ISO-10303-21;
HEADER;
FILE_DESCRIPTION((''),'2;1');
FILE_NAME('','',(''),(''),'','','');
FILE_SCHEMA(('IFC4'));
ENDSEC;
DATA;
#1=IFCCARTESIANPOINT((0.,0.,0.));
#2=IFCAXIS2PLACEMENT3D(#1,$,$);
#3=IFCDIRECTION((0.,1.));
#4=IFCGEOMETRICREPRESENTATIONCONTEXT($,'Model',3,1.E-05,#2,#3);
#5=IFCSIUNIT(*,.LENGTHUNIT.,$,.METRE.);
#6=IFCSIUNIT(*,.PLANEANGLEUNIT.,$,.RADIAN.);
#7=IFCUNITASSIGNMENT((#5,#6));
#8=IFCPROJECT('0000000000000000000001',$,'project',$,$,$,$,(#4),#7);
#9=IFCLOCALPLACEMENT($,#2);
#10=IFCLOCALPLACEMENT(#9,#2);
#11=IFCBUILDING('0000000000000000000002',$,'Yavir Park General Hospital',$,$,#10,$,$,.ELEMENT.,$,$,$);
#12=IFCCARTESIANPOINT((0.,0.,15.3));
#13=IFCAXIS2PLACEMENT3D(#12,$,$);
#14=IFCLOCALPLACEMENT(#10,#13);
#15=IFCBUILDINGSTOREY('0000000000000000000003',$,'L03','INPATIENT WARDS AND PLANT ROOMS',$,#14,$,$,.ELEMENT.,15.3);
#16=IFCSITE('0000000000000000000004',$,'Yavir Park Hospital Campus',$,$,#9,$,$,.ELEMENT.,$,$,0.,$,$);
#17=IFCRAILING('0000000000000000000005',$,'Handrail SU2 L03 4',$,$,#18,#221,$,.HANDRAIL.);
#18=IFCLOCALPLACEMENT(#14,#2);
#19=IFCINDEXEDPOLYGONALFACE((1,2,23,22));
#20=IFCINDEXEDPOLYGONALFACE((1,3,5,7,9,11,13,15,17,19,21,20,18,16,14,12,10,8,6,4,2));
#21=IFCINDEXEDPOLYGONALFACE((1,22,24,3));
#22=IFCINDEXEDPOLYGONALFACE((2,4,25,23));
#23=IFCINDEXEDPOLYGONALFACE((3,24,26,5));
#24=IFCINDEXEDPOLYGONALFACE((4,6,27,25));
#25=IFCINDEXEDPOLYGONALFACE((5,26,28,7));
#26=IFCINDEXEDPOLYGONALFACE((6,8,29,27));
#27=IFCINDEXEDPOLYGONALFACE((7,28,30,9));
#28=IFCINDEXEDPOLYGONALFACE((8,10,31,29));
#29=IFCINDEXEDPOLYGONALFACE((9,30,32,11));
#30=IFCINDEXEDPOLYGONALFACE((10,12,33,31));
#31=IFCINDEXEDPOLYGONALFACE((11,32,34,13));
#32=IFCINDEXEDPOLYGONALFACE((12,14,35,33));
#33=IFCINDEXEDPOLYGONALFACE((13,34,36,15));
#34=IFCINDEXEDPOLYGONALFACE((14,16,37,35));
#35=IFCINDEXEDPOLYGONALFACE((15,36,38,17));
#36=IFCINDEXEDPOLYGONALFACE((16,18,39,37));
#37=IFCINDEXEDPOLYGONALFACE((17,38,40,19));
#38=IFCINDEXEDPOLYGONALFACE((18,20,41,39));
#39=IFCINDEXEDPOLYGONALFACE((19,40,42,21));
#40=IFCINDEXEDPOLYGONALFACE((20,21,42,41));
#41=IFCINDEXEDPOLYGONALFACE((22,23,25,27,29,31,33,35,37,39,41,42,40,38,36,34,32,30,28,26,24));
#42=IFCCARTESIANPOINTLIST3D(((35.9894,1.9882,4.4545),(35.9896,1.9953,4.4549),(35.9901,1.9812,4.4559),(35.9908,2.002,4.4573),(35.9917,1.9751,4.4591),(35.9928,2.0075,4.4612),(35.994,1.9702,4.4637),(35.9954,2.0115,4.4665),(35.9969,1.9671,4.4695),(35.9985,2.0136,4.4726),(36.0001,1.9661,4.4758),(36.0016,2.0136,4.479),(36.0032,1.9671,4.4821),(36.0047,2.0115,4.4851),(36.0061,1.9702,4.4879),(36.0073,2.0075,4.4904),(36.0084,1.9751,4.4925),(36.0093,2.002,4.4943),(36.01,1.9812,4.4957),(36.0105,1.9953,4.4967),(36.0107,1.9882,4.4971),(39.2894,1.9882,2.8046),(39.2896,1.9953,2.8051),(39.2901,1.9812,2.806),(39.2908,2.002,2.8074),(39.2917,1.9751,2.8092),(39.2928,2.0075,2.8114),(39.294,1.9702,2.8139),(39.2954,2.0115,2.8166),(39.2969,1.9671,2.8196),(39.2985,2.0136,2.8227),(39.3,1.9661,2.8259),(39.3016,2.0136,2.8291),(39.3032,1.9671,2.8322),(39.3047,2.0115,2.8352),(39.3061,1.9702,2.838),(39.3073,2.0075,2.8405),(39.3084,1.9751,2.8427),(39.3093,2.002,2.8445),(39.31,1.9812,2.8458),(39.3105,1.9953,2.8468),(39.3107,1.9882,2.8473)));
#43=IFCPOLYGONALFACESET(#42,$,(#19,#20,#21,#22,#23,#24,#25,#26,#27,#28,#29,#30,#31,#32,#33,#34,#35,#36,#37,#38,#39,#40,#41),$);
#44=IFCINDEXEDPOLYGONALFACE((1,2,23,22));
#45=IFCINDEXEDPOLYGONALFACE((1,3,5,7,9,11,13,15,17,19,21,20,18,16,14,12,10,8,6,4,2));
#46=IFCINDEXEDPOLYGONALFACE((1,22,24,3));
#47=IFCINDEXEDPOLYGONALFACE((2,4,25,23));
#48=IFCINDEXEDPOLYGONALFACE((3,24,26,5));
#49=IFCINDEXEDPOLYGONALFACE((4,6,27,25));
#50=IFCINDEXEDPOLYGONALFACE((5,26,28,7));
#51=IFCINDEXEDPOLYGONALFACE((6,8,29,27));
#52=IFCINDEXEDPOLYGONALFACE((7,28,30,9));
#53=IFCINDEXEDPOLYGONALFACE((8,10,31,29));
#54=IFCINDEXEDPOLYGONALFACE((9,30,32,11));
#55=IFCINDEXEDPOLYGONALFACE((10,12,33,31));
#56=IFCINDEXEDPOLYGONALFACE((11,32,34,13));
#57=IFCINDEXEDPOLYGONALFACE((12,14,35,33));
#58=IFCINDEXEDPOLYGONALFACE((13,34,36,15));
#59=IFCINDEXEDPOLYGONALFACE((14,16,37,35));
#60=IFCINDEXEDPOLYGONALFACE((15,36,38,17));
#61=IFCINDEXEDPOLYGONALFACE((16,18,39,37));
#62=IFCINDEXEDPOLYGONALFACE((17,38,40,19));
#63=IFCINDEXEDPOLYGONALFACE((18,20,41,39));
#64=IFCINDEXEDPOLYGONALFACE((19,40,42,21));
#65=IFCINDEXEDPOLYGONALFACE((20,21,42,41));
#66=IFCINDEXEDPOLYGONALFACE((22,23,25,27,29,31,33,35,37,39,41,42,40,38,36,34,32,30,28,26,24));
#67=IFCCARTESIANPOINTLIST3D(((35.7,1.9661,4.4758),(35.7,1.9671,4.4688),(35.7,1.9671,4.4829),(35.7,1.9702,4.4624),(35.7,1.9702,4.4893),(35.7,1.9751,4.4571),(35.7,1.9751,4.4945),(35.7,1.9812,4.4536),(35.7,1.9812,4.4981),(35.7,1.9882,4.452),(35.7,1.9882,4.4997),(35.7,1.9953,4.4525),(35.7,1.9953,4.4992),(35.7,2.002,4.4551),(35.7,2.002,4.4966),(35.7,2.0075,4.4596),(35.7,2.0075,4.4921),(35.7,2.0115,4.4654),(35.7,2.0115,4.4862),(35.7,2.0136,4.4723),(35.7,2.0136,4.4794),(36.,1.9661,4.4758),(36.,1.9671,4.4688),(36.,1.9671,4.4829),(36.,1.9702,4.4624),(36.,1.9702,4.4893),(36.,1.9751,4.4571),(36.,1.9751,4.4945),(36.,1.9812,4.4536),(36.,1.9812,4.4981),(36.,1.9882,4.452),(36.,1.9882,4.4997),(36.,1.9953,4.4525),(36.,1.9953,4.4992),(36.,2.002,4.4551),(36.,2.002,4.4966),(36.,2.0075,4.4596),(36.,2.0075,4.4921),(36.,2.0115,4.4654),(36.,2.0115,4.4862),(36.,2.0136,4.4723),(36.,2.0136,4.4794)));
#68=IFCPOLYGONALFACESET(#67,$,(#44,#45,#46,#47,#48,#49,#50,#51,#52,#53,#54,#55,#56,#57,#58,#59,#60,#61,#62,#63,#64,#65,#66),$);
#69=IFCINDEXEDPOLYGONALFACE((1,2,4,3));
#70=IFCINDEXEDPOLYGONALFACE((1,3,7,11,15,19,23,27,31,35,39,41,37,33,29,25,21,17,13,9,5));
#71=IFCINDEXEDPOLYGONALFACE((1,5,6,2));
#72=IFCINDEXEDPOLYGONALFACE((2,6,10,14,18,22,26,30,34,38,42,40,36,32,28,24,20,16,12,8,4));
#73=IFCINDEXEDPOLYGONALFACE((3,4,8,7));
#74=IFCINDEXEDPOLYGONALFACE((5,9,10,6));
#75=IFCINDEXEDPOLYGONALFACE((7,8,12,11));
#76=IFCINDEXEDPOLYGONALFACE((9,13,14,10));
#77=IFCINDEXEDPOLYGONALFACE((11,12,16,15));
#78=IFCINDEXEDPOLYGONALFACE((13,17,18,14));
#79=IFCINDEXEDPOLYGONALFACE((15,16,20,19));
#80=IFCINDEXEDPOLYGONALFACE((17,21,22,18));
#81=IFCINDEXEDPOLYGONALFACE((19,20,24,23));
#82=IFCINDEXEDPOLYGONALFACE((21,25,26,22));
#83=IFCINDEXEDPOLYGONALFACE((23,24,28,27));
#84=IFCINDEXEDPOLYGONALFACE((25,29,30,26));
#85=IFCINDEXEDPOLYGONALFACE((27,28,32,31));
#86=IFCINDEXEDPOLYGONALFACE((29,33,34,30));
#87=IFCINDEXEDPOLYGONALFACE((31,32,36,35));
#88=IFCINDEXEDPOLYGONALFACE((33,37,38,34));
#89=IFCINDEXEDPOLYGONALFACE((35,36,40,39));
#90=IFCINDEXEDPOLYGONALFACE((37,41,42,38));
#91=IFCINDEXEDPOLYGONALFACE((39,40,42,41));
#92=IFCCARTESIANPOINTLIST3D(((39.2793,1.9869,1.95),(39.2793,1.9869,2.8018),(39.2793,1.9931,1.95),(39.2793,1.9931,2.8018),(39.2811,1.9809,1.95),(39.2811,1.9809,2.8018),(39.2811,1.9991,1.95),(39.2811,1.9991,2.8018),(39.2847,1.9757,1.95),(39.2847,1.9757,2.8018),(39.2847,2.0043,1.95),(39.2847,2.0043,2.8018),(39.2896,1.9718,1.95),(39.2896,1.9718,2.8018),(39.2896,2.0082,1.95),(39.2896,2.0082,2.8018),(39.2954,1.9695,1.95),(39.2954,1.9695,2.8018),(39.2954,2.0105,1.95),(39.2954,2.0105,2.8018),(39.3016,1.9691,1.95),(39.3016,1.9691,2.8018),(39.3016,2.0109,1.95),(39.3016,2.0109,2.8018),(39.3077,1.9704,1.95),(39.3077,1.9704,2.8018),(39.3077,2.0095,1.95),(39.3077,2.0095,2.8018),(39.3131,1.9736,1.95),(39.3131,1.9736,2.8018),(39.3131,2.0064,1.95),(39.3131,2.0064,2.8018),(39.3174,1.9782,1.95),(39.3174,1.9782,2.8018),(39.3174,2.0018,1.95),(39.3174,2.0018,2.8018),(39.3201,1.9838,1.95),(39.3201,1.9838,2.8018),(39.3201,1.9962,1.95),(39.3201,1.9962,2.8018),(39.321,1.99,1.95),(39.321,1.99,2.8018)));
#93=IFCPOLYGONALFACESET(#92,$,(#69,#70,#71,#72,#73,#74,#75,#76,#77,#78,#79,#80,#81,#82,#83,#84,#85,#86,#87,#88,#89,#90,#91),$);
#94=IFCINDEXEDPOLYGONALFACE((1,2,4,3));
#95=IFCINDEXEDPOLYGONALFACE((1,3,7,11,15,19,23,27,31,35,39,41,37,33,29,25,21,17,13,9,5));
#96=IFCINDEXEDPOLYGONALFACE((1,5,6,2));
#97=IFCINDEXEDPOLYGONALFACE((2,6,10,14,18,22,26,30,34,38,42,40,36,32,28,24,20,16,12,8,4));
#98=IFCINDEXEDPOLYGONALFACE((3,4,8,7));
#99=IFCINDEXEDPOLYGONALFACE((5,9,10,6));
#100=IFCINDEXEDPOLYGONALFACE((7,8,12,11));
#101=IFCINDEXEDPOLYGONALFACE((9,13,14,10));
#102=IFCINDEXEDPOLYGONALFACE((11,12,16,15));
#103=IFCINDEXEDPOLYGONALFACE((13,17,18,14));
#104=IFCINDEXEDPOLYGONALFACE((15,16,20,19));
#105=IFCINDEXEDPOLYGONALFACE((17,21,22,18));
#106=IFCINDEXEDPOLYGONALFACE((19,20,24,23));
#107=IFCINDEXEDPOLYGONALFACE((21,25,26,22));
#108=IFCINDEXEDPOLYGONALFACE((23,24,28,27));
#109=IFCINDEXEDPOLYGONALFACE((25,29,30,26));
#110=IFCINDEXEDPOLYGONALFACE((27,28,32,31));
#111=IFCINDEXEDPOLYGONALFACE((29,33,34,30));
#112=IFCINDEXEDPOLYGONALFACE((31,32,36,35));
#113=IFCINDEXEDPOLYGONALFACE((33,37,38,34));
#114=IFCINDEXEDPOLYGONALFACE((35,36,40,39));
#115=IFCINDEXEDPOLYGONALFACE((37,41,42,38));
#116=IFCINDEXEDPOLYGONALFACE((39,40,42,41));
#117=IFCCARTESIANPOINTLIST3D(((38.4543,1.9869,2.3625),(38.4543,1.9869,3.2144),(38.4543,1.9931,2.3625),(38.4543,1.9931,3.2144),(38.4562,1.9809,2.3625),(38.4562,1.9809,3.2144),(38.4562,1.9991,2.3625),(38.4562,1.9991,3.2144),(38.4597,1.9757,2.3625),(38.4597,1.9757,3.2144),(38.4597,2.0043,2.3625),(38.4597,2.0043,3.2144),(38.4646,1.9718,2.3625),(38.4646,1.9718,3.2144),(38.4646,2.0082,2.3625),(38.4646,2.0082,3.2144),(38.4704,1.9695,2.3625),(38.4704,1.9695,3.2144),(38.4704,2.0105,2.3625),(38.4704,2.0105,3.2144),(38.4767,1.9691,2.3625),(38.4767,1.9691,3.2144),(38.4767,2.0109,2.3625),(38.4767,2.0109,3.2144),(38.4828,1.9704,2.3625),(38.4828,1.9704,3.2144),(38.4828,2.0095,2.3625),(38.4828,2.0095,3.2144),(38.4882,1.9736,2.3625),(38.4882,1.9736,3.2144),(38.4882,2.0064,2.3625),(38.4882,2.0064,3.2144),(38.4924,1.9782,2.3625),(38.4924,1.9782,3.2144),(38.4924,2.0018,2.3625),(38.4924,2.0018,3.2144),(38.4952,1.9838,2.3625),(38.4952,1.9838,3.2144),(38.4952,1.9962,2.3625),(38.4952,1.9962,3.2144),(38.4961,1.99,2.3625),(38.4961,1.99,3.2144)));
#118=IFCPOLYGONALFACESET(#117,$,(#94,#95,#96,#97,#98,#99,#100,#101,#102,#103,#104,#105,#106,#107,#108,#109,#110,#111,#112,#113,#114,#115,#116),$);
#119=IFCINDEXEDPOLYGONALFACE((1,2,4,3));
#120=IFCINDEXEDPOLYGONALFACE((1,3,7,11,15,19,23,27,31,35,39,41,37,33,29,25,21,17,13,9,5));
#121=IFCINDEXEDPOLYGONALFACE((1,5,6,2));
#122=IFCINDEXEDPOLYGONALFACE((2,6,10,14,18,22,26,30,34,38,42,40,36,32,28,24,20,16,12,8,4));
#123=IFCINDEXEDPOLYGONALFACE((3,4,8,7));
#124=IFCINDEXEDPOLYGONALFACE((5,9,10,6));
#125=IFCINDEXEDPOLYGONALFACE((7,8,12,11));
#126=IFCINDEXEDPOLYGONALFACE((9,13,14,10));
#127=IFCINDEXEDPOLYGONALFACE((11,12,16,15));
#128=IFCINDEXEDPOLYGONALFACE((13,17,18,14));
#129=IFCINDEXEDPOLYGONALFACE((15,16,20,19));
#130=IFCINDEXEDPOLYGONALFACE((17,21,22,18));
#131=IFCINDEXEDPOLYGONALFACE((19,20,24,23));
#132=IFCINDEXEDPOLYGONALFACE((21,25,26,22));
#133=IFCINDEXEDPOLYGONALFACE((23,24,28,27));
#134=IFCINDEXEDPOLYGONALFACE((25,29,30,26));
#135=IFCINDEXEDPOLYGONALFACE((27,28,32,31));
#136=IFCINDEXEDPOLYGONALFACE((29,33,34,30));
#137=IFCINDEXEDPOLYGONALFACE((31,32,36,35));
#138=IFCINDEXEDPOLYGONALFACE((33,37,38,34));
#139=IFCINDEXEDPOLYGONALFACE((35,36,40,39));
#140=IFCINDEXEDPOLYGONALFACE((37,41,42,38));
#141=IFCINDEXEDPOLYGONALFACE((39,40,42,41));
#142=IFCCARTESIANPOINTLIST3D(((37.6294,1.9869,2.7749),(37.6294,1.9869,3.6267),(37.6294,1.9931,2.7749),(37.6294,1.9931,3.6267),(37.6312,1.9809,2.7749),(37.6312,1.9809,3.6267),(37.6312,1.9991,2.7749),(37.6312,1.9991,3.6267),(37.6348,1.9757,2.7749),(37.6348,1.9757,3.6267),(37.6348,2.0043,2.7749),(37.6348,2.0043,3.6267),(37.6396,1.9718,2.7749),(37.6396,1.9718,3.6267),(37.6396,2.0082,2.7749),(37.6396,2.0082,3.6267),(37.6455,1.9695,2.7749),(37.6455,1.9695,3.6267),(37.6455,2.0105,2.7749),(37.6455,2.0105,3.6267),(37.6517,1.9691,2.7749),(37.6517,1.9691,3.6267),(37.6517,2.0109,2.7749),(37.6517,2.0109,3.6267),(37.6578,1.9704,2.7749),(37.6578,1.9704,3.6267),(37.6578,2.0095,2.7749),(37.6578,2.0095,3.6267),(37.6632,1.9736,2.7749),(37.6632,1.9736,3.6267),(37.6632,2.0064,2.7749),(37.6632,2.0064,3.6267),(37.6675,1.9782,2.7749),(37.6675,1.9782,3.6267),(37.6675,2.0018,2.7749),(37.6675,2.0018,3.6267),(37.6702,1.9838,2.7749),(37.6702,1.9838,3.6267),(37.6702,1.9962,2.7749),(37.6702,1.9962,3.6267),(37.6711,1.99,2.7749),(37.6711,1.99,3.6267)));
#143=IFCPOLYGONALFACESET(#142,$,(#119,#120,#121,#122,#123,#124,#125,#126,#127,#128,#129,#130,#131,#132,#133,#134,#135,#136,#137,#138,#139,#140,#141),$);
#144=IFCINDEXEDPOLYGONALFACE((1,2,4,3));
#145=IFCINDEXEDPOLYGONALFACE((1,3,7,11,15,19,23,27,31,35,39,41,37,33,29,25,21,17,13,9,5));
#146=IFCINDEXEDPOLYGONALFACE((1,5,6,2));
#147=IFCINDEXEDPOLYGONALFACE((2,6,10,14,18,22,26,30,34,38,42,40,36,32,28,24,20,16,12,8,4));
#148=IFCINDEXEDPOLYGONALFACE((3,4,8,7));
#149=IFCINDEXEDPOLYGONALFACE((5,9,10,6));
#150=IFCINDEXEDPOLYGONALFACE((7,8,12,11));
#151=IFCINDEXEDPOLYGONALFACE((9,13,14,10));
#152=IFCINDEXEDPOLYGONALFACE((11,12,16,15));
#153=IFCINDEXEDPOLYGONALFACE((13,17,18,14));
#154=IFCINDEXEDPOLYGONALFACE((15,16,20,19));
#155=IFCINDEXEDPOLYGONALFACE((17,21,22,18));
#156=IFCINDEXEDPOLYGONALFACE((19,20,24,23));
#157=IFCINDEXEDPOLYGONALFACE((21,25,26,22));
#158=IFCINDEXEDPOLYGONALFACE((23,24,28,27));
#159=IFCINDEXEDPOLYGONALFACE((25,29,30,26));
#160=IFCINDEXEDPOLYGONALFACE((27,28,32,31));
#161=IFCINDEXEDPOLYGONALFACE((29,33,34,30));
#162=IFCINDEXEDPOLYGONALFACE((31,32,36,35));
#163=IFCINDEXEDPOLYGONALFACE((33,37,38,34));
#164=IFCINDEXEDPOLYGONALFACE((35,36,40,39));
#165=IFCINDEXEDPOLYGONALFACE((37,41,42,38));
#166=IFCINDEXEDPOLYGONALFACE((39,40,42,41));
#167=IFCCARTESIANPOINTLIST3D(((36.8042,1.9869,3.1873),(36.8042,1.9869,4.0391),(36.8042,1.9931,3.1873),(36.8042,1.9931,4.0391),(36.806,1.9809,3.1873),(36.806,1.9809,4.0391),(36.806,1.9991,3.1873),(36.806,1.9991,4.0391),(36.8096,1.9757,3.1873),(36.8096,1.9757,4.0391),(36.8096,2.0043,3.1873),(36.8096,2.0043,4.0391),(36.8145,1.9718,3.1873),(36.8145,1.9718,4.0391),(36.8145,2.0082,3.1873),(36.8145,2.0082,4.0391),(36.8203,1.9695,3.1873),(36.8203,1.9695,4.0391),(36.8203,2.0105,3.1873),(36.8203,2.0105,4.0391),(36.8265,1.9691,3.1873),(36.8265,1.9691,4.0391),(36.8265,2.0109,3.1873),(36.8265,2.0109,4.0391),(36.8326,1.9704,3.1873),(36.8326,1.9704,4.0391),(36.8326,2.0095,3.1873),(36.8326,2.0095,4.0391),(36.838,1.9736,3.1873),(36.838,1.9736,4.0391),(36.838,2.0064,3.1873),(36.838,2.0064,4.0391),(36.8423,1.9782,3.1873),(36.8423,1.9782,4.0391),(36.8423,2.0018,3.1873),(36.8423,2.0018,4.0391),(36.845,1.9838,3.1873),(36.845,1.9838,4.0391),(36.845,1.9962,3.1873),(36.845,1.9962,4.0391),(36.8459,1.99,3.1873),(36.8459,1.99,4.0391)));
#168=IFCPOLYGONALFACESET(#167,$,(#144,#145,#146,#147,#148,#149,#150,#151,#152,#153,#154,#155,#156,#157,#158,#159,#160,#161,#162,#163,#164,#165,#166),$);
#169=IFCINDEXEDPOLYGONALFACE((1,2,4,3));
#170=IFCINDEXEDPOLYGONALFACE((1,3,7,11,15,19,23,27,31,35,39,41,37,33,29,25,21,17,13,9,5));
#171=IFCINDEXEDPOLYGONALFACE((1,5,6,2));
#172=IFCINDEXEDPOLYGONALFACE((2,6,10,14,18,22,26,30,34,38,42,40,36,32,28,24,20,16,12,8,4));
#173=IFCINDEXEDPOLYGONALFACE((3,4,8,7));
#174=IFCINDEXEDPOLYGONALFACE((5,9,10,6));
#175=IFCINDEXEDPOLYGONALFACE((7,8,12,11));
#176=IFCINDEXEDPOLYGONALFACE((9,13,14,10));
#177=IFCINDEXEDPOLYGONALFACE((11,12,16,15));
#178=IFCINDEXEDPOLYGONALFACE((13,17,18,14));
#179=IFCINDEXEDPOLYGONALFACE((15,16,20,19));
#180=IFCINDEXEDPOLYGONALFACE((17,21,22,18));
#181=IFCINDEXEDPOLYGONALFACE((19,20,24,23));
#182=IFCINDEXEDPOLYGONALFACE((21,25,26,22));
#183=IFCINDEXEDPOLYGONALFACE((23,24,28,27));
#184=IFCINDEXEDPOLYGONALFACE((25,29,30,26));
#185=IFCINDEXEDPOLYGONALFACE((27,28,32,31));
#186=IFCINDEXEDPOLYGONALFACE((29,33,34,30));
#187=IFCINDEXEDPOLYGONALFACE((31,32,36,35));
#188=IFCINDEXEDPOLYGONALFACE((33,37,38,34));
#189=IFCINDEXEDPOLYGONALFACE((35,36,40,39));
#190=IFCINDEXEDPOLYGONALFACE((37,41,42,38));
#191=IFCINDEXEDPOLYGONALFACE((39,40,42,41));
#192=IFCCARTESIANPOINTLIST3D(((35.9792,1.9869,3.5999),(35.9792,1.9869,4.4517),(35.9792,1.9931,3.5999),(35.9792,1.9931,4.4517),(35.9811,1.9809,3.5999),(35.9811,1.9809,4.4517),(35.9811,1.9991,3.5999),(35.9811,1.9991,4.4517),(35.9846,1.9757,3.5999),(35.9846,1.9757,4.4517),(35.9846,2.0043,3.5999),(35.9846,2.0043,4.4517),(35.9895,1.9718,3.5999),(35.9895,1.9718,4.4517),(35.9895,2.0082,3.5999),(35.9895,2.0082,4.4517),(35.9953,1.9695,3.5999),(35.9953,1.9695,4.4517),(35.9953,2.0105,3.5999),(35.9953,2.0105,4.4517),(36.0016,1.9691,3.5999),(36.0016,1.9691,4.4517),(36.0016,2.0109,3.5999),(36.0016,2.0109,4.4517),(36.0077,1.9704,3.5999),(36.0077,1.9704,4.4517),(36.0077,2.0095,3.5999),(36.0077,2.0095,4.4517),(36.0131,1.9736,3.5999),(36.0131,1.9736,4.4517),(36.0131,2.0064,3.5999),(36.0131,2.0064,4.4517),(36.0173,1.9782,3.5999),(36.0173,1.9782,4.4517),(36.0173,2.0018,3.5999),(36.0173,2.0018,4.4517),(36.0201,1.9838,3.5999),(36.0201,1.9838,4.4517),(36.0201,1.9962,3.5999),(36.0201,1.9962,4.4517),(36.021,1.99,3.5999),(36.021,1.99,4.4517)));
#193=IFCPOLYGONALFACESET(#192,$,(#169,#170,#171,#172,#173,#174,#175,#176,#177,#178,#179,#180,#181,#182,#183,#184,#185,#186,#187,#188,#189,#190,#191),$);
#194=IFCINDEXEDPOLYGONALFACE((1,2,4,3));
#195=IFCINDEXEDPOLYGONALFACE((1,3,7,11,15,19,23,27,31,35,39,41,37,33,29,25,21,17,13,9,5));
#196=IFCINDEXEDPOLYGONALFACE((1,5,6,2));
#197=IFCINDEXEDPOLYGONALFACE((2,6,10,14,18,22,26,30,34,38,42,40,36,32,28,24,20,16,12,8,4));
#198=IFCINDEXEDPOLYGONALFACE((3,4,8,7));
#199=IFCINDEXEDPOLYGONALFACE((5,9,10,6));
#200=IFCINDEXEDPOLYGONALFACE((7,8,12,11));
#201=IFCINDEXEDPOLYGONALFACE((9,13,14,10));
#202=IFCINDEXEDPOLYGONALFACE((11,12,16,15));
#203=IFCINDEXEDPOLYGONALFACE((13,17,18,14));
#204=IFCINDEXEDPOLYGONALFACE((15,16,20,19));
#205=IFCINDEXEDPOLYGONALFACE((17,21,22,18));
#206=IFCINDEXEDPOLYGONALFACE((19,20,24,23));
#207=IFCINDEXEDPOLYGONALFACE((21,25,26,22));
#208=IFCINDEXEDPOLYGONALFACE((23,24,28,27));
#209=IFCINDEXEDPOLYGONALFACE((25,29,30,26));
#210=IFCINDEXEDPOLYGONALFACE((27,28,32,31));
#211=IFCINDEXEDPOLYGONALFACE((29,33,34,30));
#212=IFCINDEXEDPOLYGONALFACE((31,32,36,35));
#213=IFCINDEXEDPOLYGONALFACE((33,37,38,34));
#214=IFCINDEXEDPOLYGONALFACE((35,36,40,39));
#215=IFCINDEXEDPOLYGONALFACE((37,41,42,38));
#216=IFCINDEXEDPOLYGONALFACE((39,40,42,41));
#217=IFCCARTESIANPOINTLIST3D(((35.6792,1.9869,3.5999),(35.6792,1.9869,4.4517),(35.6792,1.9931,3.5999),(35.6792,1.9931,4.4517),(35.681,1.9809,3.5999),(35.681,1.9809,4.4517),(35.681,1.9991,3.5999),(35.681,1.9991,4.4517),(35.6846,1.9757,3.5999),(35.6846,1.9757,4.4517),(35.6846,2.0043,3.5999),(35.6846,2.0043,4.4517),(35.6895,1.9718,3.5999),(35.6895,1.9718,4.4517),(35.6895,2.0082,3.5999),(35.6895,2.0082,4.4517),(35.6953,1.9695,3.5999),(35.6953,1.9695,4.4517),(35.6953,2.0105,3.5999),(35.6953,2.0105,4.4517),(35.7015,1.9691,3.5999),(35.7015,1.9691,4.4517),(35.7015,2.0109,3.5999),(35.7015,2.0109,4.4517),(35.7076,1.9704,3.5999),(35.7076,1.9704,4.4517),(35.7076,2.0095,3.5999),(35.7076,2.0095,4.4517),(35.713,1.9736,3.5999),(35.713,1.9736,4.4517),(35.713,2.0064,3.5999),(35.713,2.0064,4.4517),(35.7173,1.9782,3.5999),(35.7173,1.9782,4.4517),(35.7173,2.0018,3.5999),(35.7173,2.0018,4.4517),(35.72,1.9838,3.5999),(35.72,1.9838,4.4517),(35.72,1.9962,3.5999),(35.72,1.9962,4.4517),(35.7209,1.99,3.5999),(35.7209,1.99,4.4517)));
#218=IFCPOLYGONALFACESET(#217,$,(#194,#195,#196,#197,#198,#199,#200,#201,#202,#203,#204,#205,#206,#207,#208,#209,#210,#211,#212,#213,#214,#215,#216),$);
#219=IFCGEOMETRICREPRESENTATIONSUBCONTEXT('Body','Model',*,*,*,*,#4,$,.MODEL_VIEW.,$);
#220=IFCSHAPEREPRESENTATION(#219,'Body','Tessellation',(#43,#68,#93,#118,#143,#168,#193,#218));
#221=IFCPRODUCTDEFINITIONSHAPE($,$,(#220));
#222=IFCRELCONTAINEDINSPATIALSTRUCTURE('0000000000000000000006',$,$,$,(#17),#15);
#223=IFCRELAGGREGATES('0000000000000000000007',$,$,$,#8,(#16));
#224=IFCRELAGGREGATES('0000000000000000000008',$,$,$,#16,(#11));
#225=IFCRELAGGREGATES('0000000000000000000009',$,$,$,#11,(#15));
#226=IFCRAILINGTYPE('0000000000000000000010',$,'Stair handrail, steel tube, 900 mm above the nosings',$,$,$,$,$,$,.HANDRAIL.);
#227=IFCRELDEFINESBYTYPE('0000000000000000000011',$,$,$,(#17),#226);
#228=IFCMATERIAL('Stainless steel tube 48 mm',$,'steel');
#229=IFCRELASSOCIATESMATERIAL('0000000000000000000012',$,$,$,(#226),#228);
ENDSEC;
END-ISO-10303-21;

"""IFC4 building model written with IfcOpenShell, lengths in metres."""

from ifc_helpers import new_model, si_unit, direction, frame, origin, origin_2d, place, context, subcontext, project, spatial, circle, extrude, material, type_object, element, save


model = new_model("IFC4")

# Units and contexts
model_context = context("Model", 3, precision=1e-05, world=origin(), true_north=direction((0.0, 1.0)))
body_context = subcontext(model_context, "Body", "Model", "MODEL_VIEW")
ifc_project = project(units=[si_unit("LENGTHUNIT", "METRE"), si_unit("PLANEANGLEUNIT", "RADIAN")], contexts=[model_context])

# Site, building, storey
site_placement = place(None, origin())
site = spatial("IfcSite", under=ifc_project, at=site_placement, Name="Yavir Park Hospital Campus", CompositionType="ELEMENT", RefElevation=0.0)
building_placement = place(site_placement, origin())
building = spatial("IfcBuilding", under=site, at=building_placement, Name="Yavir Park General Hospital", CompositionType="ELEMENT")
storey_placement = place(building_placement, frame((0.0, 0.0, 15.3)))
storey = spatial("IfcBuildingStorey", under=building, at=storey_placement, Name="L03", Description="INPATIENT WARDS AND PLANT ROOMS", CompositionType="ELEMENT", Elevation=15.3)

# Railing
ifc_material_1 = material(Name="Stainless steel tube 48 mm", Category="steel")
railing_type = type_object("IfcRailingType", Name="Stair handrail, steel tube, 900 mm above the nosings", PredefinedType="HANDRAIL", material=ifc_material_1)
railing_placement = place(storey_placement, frame((39.3, 1.99, 1.95)))
element("IfcRailing", 1, at=railing_placement, inside=storey, type_object=railing_type, Name="Handrail SU2 L03 4", PredefinedType="HANDRAIL", context=body_context, shape_type="SweptSolid", body=[
    extrude(circle(Radius=0.0239, at=origin_2d()), frame((0.0, 0.0, 0.876), z_axis=(-0.89444, 0.0, 0.447187), x_axis=(0.0, -1.0, 0.0)), (0.0, 0.0, 1.0), 3.6895),
    extrude(circle(Radius=0.0239, at=origin_2d()), frame((-3.3, 0.0, 2.5259), z_axis=(-1.0, 0.0, 0.0), x_axis=(0.0, -1.0, 0.0)), (0.0, 0.0, 1.0), 0.3),
    extrude(circle(Radius=0.021, at=origin_2d()), origin(), (0.0, 0.0, 1.0), 0.8518),
    extrude(circle(Radius=0.021, at=origin_2d()), frame((-0.825, 0.0, 0.4126)), (0.0, 0.0, 1.0), 0.8518),
    extrude(circle(Radius=0.021, at=origin_2d()), frame((-1.6499, 0.0, 0.825)), (0.0, 0.0, 1.0), 0.8518),
    extrude(circle(Radius=0.021, at=origin_2d()), frame((-2.4751, 0.0, 1.2373)), (0.0, 0.0, 1.0), 0.8518),
    extrude(circle(Radius=0.021, at=origin_2d()), frame((-3.3, 0.0, 1.6499)), (0.0, 0.0, 1.0), 0.8518),
    extrude(circle(Radius=0.021, at=origin_2d()), frame((-3.6001, 0.0, 1.6499)), (0.0, 0.0, 1.0), 0.8518),
])

save(model, "model.ifc")
